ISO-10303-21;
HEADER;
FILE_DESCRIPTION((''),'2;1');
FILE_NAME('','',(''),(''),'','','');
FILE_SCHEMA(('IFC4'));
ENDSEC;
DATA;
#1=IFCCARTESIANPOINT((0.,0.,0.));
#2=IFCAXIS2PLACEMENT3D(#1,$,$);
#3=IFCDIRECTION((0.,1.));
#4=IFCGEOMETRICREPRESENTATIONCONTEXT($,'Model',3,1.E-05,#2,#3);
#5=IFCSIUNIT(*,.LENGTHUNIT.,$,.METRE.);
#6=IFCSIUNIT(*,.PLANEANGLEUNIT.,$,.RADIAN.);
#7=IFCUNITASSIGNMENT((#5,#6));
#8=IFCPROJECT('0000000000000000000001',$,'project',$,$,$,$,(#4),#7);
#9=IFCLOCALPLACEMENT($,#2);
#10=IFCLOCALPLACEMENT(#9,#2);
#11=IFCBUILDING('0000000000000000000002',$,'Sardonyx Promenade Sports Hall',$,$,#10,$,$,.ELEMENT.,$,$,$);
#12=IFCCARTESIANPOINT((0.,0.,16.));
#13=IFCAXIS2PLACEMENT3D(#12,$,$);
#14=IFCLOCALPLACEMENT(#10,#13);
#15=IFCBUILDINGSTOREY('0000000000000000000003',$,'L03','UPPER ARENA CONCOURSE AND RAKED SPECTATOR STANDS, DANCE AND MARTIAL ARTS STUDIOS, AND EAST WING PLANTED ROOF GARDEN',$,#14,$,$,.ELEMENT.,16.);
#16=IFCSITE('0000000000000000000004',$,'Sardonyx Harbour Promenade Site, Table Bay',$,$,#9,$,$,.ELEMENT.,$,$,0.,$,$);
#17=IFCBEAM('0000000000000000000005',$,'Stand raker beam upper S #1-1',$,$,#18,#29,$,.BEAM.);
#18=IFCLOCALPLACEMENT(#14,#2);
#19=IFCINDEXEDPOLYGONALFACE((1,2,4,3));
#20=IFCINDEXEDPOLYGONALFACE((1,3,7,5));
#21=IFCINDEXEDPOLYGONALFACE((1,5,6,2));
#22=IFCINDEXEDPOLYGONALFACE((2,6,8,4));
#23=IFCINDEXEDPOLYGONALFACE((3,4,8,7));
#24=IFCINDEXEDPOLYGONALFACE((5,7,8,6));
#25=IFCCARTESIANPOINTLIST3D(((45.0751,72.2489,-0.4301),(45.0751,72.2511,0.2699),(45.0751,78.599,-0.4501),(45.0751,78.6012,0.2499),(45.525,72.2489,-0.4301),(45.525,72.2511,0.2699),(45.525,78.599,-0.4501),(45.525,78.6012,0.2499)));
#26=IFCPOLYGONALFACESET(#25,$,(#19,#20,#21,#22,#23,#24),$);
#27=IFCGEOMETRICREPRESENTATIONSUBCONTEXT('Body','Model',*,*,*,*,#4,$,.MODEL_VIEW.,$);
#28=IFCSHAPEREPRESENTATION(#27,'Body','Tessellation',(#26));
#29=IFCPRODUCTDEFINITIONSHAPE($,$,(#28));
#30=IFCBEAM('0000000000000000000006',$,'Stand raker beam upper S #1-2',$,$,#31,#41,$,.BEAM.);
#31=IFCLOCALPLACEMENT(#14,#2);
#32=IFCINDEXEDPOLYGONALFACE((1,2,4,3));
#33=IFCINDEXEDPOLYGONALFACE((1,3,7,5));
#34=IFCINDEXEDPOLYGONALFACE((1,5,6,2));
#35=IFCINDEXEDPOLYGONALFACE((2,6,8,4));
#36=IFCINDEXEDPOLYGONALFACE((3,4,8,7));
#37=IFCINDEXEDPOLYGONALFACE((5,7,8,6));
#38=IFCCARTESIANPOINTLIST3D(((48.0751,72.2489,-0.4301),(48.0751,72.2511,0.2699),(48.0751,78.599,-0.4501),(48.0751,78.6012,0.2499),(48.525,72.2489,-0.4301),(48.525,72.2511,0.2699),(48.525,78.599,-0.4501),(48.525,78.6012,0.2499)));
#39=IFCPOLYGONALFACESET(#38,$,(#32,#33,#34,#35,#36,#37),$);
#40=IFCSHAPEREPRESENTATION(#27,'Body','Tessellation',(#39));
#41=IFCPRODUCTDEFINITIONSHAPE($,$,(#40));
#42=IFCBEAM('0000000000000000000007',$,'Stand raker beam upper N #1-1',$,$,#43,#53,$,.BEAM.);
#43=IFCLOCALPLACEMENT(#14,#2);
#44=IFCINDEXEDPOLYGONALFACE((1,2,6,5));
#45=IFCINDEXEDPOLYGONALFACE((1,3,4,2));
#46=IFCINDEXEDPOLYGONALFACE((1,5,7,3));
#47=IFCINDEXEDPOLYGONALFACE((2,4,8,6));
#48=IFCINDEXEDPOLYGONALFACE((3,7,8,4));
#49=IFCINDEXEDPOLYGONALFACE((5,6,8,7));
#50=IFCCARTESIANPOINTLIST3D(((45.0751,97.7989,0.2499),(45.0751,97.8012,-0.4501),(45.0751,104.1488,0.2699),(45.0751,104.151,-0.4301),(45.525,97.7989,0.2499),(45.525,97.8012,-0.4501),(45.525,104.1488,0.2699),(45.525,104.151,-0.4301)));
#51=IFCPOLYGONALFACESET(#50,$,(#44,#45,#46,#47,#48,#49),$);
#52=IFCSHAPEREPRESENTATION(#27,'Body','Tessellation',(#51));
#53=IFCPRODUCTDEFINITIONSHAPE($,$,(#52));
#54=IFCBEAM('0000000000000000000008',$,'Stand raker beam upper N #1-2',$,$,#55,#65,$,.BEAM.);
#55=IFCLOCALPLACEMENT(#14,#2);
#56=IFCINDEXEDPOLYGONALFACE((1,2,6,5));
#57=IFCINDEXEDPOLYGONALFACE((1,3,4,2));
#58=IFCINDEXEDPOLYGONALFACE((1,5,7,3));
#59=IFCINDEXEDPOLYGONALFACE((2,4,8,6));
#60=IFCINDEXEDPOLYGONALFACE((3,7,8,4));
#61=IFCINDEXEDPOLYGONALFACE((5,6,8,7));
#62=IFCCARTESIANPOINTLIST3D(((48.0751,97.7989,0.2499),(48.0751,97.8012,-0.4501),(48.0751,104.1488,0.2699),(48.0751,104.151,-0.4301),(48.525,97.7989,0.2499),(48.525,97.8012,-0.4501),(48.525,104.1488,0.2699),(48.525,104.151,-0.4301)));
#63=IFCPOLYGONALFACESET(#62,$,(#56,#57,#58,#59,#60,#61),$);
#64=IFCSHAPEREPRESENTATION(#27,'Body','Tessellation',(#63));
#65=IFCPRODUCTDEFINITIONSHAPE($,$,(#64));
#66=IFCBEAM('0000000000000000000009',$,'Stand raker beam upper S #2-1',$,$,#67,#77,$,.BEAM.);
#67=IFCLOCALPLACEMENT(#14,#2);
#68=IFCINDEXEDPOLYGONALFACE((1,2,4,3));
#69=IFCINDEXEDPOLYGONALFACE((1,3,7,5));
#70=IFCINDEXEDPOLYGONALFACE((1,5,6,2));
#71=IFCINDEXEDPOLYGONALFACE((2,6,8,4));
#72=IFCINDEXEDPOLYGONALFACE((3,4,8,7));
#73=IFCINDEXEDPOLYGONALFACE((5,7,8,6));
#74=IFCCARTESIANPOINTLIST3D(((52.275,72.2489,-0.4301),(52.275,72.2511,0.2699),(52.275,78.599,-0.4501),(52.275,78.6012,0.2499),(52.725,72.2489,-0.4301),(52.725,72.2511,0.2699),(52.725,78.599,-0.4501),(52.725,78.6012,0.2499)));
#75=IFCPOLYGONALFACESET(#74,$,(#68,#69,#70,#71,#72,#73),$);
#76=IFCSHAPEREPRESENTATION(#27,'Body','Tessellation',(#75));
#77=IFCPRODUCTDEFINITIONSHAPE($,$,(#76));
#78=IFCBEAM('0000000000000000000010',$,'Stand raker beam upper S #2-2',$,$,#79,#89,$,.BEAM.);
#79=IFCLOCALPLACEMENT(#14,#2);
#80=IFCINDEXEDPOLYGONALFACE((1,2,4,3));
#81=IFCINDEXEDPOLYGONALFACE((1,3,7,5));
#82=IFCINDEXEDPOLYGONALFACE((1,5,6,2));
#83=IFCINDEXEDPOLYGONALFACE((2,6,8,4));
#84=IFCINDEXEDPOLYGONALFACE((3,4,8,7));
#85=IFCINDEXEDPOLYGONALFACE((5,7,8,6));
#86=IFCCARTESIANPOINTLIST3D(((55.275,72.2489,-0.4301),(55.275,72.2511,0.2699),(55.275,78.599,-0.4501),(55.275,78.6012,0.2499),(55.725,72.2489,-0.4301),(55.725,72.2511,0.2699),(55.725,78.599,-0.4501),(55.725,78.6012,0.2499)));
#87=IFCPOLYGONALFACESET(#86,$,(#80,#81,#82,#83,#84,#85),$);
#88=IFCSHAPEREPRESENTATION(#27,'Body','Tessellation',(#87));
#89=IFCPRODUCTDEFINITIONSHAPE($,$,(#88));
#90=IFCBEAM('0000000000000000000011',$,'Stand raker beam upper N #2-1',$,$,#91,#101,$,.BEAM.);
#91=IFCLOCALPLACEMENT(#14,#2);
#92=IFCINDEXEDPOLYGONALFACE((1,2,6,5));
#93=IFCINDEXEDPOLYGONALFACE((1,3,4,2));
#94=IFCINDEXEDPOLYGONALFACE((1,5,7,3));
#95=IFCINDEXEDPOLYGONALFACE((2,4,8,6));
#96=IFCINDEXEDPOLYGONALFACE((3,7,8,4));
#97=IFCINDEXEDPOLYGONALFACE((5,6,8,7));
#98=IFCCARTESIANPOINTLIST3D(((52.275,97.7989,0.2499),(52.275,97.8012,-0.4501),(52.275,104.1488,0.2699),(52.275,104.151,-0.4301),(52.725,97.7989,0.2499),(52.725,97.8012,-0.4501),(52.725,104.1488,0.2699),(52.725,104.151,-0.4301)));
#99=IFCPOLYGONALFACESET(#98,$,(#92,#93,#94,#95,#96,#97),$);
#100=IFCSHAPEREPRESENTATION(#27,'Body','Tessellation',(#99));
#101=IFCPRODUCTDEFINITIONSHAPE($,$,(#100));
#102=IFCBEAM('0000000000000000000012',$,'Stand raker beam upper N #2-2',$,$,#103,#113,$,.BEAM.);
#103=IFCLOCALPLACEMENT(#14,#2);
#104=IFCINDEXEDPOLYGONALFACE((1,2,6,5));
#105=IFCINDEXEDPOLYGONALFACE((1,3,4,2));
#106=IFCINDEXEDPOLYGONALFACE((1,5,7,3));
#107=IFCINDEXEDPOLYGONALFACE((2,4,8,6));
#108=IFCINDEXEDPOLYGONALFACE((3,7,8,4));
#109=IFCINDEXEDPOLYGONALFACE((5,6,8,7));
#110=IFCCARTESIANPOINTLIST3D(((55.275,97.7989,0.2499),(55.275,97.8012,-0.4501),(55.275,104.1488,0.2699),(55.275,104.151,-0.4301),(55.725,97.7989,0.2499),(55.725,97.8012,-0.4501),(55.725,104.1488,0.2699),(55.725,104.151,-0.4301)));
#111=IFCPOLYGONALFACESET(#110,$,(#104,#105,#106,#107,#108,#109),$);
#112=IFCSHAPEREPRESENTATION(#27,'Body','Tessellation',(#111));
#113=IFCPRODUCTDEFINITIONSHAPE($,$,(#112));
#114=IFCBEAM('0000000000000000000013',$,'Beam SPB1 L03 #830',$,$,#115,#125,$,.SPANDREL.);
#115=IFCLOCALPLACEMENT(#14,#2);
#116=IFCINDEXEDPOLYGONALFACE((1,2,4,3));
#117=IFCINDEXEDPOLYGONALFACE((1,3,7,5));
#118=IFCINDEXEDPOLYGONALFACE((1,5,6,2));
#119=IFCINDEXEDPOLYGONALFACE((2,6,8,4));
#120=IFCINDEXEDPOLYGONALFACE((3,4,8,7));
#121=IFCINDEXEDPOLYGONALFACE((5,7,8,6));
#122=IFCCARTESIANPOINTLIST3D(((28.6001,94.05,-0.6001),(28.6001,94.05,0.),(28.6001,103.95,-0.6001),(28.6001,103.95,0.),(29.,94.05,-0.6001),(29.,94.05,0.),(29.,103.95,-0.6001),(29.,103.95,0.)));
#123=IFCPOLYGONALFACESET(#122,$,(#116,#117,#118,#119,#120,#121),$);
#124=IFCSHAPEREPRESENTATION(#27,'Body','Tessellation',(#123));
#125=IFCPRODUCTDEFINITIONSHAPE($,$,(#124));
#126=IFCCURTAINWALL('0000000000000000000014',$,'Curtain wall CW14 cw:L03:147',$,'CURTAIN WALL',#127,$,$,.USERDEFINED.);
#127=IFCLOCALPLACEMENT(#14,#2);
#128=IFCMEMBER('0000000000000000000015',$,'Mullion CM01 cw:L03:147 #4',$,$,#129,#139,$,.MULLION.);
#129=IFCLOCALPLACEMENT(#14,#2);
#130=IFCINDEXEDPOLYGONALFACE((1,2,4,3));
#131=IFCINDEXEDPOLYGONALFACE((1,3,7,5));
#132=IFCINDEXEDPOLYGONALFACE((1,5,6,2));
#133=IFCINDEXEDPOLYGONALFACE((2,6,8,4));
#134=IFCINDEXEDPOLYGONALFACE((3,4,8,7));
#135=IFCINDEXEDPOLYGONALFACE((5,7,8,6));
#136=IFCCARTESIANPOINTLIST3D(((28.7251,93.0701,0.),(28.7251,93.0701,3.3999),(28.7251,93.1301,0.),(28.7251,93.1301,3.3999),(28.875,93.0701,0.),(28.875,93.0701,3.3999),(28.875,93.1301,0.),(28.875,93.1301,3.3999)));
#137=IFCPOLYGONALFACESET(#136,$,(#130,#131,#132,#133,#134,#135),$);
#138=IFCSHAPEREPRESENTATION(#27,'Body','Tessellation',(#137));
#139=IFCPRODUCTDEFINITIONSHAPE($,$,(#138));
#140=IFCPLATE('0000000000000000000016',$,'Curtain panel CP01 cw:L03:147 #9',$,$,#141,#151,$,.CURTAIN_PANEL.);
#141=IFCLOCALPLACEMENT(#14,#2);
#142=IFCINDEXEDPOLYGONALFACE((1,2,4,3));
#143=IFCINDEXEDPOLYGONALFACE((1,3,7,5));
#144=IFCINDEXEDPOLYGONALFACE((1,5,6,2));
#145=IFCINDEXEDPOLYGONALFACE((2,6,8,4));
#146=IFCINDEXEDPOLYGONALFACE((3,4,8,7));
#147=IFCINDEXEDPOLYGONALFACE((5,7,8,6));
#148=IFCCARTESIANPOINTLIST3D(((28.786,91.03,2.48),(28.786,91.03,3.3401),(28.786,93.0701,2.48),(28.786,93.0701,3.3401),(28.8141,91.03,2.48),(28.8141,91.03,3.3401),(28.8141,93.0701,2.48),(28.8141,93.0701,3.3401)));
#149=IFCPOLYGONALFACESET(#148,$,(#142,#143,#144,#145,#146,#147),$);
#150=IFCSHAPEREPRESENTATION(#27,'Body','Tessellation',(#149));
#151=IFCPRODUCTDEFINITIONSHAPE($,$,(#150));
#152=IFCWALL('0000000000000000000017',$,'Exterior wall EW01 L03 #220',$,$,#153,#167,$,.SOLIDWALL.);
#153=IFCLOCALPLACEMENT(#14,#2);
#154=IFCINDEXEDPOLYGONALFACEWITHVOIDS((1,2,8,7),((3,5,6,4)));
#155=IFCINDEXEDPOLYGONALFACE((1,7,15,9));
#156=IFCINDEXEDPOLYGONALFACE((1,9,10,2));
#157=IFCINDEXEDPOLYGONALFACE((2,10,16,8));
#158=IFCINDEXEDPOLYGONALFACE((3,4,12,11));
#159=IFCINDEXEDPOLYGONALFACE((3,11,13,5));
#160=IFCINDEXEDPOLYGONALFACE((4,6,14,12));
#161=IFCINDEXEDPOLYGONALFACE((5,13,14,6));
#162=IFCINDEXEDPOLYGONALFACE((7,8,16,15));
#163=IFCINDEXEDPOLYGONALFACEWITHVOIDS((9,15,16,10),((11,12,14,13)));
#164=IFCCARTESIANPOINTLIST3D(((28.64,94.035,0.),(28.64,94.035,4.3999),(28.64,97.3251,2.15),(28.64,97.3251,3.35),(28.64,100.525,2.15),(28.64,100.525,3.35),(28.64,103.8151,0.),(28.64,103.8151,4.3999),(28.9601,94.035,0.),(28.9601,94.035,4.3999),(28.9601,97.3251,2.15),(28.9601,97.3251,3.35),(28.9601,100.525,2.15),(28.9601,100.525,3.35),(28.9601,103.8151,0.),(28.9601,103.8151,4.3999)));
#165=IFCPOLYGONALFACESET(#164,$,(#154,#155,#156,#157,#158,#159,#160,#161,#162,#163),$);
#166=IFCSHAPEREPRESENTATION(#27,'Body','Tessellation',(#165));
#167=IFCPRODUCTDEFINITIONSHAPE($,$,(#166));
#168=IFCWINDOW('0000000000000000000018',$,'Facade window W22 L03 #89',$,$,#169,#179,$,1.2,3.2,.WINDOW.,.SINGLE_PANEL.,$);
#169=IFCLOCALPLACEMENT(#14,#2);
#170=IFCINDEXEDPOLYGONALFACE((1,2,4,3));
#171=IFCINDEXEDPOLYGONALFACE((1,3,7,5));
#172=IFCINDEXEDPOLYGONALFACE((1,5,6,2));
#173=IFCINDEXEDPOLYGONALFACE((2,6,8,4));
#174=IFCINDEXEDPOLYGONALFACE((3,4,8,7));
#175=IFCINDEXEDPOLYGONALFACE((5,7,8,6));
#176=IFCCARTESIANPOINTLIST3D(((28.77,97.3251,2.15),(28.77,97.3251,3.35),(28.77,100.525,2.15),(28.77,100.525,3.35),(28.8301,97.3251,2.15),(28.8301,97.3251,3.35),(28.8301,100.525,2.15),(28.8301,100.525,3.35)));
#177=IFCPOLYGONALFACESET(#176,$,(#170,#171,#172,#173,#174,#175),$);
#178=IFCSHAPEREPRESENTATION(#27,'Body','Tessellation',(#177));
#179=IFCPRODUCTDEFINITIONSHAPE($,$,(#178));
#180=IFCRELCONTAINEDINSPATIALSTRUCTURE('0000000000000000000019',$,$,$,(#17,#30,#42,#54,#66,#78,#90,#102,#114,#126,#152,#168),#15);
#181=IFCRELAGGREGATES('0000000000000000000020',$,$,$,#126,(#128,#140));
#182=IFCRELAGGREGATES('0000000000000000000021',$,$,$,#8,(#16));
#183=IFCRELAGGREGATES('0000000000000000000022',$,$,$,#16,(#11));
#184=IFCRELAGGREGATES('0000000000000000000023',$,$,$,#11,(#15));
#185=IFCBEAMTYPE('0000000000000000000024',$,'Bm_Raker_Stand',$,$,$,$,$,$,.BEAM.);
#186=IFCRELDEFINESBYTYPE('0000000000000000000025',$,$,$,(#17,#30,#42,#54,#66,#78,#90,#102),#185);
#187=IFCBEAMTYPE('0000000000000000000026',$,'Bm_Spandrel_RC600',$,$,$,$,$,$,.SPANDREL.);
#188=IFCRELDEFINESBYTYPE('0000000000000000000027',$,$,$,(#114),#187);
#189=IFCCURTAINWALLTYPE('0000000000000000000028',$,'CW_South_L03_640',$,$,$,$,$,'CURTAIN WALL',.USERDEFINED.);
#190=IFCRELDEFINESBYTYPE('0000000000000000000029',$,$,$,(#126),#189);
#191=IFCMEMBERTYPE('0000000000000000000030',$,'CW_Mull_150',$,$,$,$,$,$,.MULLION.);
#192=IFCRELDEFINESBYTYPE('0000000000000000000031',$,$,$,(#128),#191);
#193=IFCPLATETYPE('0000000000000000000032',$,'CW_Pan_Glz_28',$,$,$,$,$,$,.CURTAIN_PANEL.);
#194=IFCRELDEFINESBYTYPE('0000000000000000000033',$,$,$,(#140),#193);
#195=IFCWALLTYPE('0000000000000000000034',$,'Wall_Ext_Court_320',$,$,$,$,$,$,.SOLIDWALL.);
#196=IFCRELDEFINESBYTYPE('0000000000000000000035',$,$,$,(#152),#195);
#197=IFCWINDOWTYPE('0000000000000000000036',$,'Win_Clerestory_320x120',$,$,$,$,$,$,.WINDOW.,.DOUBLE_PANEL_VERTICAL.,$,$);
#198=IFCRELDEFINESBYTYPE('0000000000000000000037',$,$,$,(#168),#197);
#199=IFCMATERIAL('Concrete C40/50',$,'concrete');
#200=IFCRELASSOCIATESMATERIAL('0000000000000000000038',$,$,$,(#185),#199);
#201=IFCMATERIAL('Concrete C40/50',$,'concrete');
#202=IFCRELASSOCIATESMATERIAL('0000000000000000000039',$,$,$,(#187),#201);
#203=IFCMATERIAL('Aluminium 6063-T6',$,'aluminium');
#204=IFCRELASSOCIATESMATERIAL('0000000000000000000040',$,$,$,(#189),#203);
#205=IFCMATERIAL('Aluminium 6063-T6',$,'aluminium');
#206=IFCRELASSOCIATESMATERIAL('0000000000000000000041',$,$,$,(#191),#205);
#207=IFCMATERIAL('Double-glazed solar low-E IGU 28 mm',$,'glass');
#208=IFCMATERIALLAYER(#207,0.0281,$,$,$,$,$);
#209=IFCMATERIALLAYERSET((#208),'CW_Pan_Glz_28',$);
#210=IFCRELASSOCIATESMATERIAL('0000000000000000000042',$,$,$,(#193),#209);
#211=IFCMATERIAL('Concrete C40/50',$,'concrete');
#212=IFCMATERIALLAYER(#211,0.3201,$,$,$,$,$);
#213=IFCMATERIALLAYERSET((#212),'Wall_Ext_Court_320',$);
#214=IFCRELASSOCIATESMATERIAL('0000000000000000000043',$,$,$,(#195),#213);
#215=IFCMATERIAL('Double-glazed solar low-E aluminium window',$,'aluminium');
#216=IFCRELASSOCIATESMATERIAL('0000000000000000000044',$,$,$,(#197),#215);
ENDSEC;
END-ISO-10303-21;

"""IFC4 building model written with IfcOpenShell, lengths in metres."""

from ifc_helpers import new_model, si_unit, direction, frame, frame_2d, origin, origin_2d, place, context, subcontext, project, spatial, rectangle, extrude, material, layer, layer_set, material_profile, profile_set, type_object, element, fill, aggregate, save


model = new_model("IFC4")

# Units and contexts
model_context = context("Model", 3, precision=1e-05, world=origin(), true_north=direction((0.0, 1.0)))
body_context = subcontext(model_context, "Body", "Model", "MODEL_VIEW")
ifc_project = project(units=[si_unit("LENGTHUNIT", "METRE"), si_unit("PLANEANGLEUNIT", "RADIAN")], contexts=[model_context])

# Site, building, storey
site_placement = place(None, origin())
site = spatial("IfcSite", under=ifc_project, at=site_placement, Name="Sardonyx Harbour Promenade Site, Table Bay", CompositionType="ELEMENT", RefElevation=0.0)
building_placement = place(site_placement, origin())
building = spatial("IfcBuilding", under=site, at=building_placement, Name="Sardonyx Promenade Sports Hall", CompositionType="ELEMENT")
storey_placement = place(building_placement, frame((0.0, 0.0, 16.0)))
storey = spatial("IfcBuildingStorey", under=building, at=storey_placement, Name="L03", Description="UPPER ARENA CONCOURSE AND RAKED SPECTATOR STANDS, DANCE AND MARTIAL ARTS STUDIOS, AND EAST WING PLANTED ROOF GARDEN", CompositionType="ELEMENT", Elevation=16.0)

# Beams
ifc_material_1 = material(Name="Concrete C40/50", Category="concrete")
ifc_material_profile_1 = material_profile(ifc_material_1, rectangle(XDim=0.45, YDim=0.7, at=origin_2d()))
ifc_profile_set_1 = profile_set([ifc_material_profile_1], Name="Concrete C40/50")
beam_type_1 = type_object("IfcBeamType", Name="Bm_Raker_Stand", PredefinedType="BEAM", material=ifc_profile_set_1)
for number, where, z_axis, x_axis, name in (
    (1, (45.3, 78.6001, -0.1001), (0.0, -0.999995, 0.003153), (1.0, 0.0, 0.0), "Stand raker beam upper S #1-1"),
    (2, (48.3, 78.6001, -0.1001), (0.0, -0.999995, 0.003153), (1.0, 0.0, 0.0), "Stand raker beam upper S #1-2"),
):
    element("IfcBeam", number, at=place(storey_placement, frame(where, z_axis=z_axis, x_axis=x_axis)), inside=storey, type_object=beam_type_1, Name=name, PredefinedType="BEAM", context=body_context, shape_type="SweptSolid", body=[
        extrude(rectangle(XDim=0.45, YDim=0.7, at=origin_2d()), origin(), (0.0, 0.0, 1.0), 6.3501),
    ])
for number, where, z_axis, x_axis, name in (
    (3, (45.3, 97.8, -0.1001), (0.0, 0.999995, 0.003153), (-1.0, 0.0, 0.0), "Stand raker beam upper N #1-1"),
    (4, (48.3, 97.8, -0.1001), (0.0, 0.999995, 0.003153), (-1.0, 0.0, 0.0), "Stand raker beam upper N #1-2"),
):
    element("IfcBeam", number, at=place(storey_placement, frame(where, z_axis=z_axis, x_axis=x_axis)), inside=storey, type_object=beam_type_1, Name=name, PredefinedType="BEAM", context=body_context, shape_type="SweptSolid", body=[
        extrude(rectangle(XDim=0.45, YDim=0.7, at=origin_2d()), origin(), (0.0, 0.0, 1.0), 6.3499),
    ])
for number, where, z_axis, x_axis, name in (
    (5, (52.5, 78.6001, -0.1001), (0.0, -0.999995, 0.003153), (1.0, 0.0, 0.0), "Stand raker beam upper S #2-1"),
    (6, (55.5, 78.6001, -0.1001), (0.0, -0.999995, 0.003153), (1.0, 0.0, 0.0), "Stand raker beam upper S #2-2"),
):
    element("IfcBeam", number, at=place(storey_placement, frame(where, z_axis=z_axis, x_axis=x_axis)), inside=storey, type_object=beam_type_1, Name=name, PredefinedType="BEAM", context=body_context, shape_type="SweptSolid", body=[
        extrude(rectangle(XDim=0.45, YDim=0.7, at=origin_2d()), origin(), (0.0, 0.0, 1.0), 6.3501),
    ])
for number, where, z_axis, x_axis, name in (
    (7, (52.5, 97.8, -0.1001), (0.0, 0.999995, 0.003153), (-1.0, 0.0, 0.0), "Stand raker beam upper N #2-1"),
    (8, (55.5, 97.8, -0.1001), (0.0, 0.999995, 0.003153), (-1.0, 0.0, 0.0), "Stand raker beam upper N #2-2"),
):
    element("IfcBeam", number, at=place(storey_placement, frame(where, z_axis=z_axis, x_axis=x_axis)), inside=storey, type_object=beam_type_1, Name=name, PredefinedType="BEAM", context=body_context, shape_type="SweptSolid", body=[
        extrude(rectangle(XDim=0.45, YDim=0.7, at=origin_2d()), origin(), (0.0, 0.0, 1.0), 6.3499),
    ])
ifc_material_2 = material(Name="Concrete C40/50", Category="concrete")
ifc_material_profile_2 = material_profile(ifc_material_2, rectangle(XDim=0.3999, YDim=0.6001, at=origin_2d()))
ifc_profile_set_2 = profile_set([ifc_material_profile_2], Name="Concrete C40/50")
beam_type_2 = type_object("IfcBeamType", Name="Bm_Spandrel_RC600", PredefinedType="SPANDREL", material=ifc_profile_set_2)
beam_placement = place(storey_placement, frame((28.8, 94.05, -0.3), z_axis=(0.0, 1.0, 0.0), x_axis=(-1.0, 0.0, 0.0)))
element("IfcBeam", 9, at=beam_placement, inside=storey, type_object=beam_type_2, Name="Beam SPB1 L03 #830", PredefinedType="SPANDREL", context=body_context, shape_type="SweptSolid", body=[
    extrude(rectangle(XDim=0.3999, YDim=0.6001, at=origin_2d()), origin(), (0.0, 0.0, 1.0), 9.8999),
])

# Curtain wall, member, plate
ifc_material_3 = material(Name="Aluminium 6063-T6", Category="aluminium")
curtain_wall_type = type_object("IfcCurtainWallType", Name="CW_South_L03_640", ElementType="CURTAIN WALL", PredefinedType="USERDEFINED", material=ifc_material_3)
curtain_wall_placement = place(storey_placement, origin())
curtain_wall = element("IfcCurtainWall", 10, at=curtain_wall_placement, inside=storey, type_object=curtain_wall_type, Name="Curtain wall CW14 cw:L03:147", ObjectType="CURTAIN WALL", PredefinedType="USERDEFINED")
ifc_material_4 = material(Name="Aluminium 6063-T6", Category="aluminium")
ifc_material_profile_3 = material_profile(ifc_material_4, rectangle(XDim=0.0601, YDim=0.1499, at=origin_2d()))
ifc_profile_set_3 = profile_set([ifc_material_profile_3], Name="Aluminium 6063-T6")
member_type = type_object("IfcMemberType", Name="CW_Mull_150", PredefinedType="MULLION", material=ifc_profile_set_3)
member_placement = place(storey_placement, frame((28.8, 93.1001, 0.0), z_axis=(0.0, 0.0, 1.0), x_axis=(0.0, 1.0, 0.0)))
member = element("IfcMember", 11, at=member_placement, type_object=member_type, Name="Mullion CM01 cw:L03:147 #4", PredefinedType="MULLION", context=body_context, shape_type="SweptSolid", body=[
    extrude(rectangle(XDim=0.0601, YDim=0.1499, at=origin_2d()), origin(), (0.0, 0.0, 1.0), 3.3999),
])
ifc_material_5 = material(Name="Double-glazed solar low-E IGU 28 mm", Category="glass")
ifc_layer_1 = layer(ifc_material_5, 0.0281)
ifc_layer_set_1 = layer_set([ifc_layer_1], Name="CW_Pan_Glz_28")
plate_type = type_object("IfcPlateType", Name="CW_Pan_Glz_28", PredefinedType="CURTAIN_PANEL", material=ifc_layer_set_1)
plate_placement = place(storey_placement, frame((28.8, 92.05, 2.48), z_axis=(0.0, 0.0, 1.0), x_axis=(0.0, 1.0, 0.0)))
plate = element("IfcPlate", 12, at=plate_placement, type_object=plate_type, Name="Curtain panel CP01 cw:L03:147 #9", PredefinedType="CURTAIN_PANEL", context=body_context, shape_type="SweptSolid", body=[
    extrude(rectangle(XDim=2.04, YDim=0.0281, at=origin_2d()), origin(), (0.0, 0.0, 1.0), 0.8601),
])
aggregate(curtain_wall, [member, plate])

# Wall, opening, window
ifc_material_6 = material(Name="Concrete C40/50", Category="concrete")
ifc_layer_2 = layer(ifc_material_6, 0.3201)
ifc_layer_set_2 = layer_set([ifc_layer_2], Name="Wall_Ext_Court_320")
wall_type_1 = type_object("IfcWallType", Name="Wall_Ext_Court_320", PredefinedType="SOLIDWALL", material=ifc_layer_set_2)
wall_1_placement = place(storey_placement, frame((28.8, 94.0349, 0.0), z_axis=(0.0, 0.0, 1.0), x_axis=(0.0, 1.0, 0.0)))
wall_1 = element("IfcWall", 13, at=wall_1_placement, inside=storey, type_object=wall_type_1, Name="Exterior wall EW01 L03 #220", PredefinedType="SOLIDWALL", context=body_context, shape_type="SweptSolid", body=[
    extrude(rectangle(XDim=9.78, YDim=0.3201, at=frame_2d((4.8901, 0.0))), origin(), (0.0, 0.0, 1.0), 4.3999),
])
opening_1_placement = place(wall_1_placement, frame((3.29, 0.0, 2.1499)))
opening_1 = element("IfcOpeningElement", 14, at=opening_1_placement, cuts=wall_1, PredefinedType="OPENING", context=body_context, shape_type="SweptSolid", body=[
    extrude(rectangle(XDim=3.2, YDim=1.2, at=frame_2d((1.6001, 0.6001))), frame((0.0, 0.17, 0.0), z_axis=(0.0, -1.0, 0.0), x_axis=(1.0, 0.0, 0.0)), (0.0, 0.0, 1.0), 0.34),
])
ifc_material_7 = material(Name="Double-glazed solar low-E aluminium window", Category="aluminium")
window_type_1 = type_object("IfcWindowType", Name="Win_Clerestory_320x120", PartitioningType="DOUBLE_PANEL_VERTICAL", PredefinedType="WINDOW", material=ifc_material_7)
window_1_placement = place(opening_1_placement, origin())
window_1 = element("IfcWindow", 15, at=window_1_placement, inside=storey, type_object=window_type_1, Name="Facade window W22 L03 #89", OverallHeight=1.2, OverallWidth=3.2, PartitioningType="SINGLE_PANEL", PredefinedType="WINDOW", context=body_context, shape_type="SweptSolid", body=[
    extrude(rectangle(XDim=3.2, YDim=1.2, at=frame_2d((1.6001, 0.6001))), frame((0.0, 0.03, 0.0), z_axis=(0.0, -1.0, 0.0), x_axis=(1.0, 0.0, 0.0)), (0.0, 0.0, 1.0), 0.0601),
])
fill(opening_1, window_1)

save(model, "model.ifc")
